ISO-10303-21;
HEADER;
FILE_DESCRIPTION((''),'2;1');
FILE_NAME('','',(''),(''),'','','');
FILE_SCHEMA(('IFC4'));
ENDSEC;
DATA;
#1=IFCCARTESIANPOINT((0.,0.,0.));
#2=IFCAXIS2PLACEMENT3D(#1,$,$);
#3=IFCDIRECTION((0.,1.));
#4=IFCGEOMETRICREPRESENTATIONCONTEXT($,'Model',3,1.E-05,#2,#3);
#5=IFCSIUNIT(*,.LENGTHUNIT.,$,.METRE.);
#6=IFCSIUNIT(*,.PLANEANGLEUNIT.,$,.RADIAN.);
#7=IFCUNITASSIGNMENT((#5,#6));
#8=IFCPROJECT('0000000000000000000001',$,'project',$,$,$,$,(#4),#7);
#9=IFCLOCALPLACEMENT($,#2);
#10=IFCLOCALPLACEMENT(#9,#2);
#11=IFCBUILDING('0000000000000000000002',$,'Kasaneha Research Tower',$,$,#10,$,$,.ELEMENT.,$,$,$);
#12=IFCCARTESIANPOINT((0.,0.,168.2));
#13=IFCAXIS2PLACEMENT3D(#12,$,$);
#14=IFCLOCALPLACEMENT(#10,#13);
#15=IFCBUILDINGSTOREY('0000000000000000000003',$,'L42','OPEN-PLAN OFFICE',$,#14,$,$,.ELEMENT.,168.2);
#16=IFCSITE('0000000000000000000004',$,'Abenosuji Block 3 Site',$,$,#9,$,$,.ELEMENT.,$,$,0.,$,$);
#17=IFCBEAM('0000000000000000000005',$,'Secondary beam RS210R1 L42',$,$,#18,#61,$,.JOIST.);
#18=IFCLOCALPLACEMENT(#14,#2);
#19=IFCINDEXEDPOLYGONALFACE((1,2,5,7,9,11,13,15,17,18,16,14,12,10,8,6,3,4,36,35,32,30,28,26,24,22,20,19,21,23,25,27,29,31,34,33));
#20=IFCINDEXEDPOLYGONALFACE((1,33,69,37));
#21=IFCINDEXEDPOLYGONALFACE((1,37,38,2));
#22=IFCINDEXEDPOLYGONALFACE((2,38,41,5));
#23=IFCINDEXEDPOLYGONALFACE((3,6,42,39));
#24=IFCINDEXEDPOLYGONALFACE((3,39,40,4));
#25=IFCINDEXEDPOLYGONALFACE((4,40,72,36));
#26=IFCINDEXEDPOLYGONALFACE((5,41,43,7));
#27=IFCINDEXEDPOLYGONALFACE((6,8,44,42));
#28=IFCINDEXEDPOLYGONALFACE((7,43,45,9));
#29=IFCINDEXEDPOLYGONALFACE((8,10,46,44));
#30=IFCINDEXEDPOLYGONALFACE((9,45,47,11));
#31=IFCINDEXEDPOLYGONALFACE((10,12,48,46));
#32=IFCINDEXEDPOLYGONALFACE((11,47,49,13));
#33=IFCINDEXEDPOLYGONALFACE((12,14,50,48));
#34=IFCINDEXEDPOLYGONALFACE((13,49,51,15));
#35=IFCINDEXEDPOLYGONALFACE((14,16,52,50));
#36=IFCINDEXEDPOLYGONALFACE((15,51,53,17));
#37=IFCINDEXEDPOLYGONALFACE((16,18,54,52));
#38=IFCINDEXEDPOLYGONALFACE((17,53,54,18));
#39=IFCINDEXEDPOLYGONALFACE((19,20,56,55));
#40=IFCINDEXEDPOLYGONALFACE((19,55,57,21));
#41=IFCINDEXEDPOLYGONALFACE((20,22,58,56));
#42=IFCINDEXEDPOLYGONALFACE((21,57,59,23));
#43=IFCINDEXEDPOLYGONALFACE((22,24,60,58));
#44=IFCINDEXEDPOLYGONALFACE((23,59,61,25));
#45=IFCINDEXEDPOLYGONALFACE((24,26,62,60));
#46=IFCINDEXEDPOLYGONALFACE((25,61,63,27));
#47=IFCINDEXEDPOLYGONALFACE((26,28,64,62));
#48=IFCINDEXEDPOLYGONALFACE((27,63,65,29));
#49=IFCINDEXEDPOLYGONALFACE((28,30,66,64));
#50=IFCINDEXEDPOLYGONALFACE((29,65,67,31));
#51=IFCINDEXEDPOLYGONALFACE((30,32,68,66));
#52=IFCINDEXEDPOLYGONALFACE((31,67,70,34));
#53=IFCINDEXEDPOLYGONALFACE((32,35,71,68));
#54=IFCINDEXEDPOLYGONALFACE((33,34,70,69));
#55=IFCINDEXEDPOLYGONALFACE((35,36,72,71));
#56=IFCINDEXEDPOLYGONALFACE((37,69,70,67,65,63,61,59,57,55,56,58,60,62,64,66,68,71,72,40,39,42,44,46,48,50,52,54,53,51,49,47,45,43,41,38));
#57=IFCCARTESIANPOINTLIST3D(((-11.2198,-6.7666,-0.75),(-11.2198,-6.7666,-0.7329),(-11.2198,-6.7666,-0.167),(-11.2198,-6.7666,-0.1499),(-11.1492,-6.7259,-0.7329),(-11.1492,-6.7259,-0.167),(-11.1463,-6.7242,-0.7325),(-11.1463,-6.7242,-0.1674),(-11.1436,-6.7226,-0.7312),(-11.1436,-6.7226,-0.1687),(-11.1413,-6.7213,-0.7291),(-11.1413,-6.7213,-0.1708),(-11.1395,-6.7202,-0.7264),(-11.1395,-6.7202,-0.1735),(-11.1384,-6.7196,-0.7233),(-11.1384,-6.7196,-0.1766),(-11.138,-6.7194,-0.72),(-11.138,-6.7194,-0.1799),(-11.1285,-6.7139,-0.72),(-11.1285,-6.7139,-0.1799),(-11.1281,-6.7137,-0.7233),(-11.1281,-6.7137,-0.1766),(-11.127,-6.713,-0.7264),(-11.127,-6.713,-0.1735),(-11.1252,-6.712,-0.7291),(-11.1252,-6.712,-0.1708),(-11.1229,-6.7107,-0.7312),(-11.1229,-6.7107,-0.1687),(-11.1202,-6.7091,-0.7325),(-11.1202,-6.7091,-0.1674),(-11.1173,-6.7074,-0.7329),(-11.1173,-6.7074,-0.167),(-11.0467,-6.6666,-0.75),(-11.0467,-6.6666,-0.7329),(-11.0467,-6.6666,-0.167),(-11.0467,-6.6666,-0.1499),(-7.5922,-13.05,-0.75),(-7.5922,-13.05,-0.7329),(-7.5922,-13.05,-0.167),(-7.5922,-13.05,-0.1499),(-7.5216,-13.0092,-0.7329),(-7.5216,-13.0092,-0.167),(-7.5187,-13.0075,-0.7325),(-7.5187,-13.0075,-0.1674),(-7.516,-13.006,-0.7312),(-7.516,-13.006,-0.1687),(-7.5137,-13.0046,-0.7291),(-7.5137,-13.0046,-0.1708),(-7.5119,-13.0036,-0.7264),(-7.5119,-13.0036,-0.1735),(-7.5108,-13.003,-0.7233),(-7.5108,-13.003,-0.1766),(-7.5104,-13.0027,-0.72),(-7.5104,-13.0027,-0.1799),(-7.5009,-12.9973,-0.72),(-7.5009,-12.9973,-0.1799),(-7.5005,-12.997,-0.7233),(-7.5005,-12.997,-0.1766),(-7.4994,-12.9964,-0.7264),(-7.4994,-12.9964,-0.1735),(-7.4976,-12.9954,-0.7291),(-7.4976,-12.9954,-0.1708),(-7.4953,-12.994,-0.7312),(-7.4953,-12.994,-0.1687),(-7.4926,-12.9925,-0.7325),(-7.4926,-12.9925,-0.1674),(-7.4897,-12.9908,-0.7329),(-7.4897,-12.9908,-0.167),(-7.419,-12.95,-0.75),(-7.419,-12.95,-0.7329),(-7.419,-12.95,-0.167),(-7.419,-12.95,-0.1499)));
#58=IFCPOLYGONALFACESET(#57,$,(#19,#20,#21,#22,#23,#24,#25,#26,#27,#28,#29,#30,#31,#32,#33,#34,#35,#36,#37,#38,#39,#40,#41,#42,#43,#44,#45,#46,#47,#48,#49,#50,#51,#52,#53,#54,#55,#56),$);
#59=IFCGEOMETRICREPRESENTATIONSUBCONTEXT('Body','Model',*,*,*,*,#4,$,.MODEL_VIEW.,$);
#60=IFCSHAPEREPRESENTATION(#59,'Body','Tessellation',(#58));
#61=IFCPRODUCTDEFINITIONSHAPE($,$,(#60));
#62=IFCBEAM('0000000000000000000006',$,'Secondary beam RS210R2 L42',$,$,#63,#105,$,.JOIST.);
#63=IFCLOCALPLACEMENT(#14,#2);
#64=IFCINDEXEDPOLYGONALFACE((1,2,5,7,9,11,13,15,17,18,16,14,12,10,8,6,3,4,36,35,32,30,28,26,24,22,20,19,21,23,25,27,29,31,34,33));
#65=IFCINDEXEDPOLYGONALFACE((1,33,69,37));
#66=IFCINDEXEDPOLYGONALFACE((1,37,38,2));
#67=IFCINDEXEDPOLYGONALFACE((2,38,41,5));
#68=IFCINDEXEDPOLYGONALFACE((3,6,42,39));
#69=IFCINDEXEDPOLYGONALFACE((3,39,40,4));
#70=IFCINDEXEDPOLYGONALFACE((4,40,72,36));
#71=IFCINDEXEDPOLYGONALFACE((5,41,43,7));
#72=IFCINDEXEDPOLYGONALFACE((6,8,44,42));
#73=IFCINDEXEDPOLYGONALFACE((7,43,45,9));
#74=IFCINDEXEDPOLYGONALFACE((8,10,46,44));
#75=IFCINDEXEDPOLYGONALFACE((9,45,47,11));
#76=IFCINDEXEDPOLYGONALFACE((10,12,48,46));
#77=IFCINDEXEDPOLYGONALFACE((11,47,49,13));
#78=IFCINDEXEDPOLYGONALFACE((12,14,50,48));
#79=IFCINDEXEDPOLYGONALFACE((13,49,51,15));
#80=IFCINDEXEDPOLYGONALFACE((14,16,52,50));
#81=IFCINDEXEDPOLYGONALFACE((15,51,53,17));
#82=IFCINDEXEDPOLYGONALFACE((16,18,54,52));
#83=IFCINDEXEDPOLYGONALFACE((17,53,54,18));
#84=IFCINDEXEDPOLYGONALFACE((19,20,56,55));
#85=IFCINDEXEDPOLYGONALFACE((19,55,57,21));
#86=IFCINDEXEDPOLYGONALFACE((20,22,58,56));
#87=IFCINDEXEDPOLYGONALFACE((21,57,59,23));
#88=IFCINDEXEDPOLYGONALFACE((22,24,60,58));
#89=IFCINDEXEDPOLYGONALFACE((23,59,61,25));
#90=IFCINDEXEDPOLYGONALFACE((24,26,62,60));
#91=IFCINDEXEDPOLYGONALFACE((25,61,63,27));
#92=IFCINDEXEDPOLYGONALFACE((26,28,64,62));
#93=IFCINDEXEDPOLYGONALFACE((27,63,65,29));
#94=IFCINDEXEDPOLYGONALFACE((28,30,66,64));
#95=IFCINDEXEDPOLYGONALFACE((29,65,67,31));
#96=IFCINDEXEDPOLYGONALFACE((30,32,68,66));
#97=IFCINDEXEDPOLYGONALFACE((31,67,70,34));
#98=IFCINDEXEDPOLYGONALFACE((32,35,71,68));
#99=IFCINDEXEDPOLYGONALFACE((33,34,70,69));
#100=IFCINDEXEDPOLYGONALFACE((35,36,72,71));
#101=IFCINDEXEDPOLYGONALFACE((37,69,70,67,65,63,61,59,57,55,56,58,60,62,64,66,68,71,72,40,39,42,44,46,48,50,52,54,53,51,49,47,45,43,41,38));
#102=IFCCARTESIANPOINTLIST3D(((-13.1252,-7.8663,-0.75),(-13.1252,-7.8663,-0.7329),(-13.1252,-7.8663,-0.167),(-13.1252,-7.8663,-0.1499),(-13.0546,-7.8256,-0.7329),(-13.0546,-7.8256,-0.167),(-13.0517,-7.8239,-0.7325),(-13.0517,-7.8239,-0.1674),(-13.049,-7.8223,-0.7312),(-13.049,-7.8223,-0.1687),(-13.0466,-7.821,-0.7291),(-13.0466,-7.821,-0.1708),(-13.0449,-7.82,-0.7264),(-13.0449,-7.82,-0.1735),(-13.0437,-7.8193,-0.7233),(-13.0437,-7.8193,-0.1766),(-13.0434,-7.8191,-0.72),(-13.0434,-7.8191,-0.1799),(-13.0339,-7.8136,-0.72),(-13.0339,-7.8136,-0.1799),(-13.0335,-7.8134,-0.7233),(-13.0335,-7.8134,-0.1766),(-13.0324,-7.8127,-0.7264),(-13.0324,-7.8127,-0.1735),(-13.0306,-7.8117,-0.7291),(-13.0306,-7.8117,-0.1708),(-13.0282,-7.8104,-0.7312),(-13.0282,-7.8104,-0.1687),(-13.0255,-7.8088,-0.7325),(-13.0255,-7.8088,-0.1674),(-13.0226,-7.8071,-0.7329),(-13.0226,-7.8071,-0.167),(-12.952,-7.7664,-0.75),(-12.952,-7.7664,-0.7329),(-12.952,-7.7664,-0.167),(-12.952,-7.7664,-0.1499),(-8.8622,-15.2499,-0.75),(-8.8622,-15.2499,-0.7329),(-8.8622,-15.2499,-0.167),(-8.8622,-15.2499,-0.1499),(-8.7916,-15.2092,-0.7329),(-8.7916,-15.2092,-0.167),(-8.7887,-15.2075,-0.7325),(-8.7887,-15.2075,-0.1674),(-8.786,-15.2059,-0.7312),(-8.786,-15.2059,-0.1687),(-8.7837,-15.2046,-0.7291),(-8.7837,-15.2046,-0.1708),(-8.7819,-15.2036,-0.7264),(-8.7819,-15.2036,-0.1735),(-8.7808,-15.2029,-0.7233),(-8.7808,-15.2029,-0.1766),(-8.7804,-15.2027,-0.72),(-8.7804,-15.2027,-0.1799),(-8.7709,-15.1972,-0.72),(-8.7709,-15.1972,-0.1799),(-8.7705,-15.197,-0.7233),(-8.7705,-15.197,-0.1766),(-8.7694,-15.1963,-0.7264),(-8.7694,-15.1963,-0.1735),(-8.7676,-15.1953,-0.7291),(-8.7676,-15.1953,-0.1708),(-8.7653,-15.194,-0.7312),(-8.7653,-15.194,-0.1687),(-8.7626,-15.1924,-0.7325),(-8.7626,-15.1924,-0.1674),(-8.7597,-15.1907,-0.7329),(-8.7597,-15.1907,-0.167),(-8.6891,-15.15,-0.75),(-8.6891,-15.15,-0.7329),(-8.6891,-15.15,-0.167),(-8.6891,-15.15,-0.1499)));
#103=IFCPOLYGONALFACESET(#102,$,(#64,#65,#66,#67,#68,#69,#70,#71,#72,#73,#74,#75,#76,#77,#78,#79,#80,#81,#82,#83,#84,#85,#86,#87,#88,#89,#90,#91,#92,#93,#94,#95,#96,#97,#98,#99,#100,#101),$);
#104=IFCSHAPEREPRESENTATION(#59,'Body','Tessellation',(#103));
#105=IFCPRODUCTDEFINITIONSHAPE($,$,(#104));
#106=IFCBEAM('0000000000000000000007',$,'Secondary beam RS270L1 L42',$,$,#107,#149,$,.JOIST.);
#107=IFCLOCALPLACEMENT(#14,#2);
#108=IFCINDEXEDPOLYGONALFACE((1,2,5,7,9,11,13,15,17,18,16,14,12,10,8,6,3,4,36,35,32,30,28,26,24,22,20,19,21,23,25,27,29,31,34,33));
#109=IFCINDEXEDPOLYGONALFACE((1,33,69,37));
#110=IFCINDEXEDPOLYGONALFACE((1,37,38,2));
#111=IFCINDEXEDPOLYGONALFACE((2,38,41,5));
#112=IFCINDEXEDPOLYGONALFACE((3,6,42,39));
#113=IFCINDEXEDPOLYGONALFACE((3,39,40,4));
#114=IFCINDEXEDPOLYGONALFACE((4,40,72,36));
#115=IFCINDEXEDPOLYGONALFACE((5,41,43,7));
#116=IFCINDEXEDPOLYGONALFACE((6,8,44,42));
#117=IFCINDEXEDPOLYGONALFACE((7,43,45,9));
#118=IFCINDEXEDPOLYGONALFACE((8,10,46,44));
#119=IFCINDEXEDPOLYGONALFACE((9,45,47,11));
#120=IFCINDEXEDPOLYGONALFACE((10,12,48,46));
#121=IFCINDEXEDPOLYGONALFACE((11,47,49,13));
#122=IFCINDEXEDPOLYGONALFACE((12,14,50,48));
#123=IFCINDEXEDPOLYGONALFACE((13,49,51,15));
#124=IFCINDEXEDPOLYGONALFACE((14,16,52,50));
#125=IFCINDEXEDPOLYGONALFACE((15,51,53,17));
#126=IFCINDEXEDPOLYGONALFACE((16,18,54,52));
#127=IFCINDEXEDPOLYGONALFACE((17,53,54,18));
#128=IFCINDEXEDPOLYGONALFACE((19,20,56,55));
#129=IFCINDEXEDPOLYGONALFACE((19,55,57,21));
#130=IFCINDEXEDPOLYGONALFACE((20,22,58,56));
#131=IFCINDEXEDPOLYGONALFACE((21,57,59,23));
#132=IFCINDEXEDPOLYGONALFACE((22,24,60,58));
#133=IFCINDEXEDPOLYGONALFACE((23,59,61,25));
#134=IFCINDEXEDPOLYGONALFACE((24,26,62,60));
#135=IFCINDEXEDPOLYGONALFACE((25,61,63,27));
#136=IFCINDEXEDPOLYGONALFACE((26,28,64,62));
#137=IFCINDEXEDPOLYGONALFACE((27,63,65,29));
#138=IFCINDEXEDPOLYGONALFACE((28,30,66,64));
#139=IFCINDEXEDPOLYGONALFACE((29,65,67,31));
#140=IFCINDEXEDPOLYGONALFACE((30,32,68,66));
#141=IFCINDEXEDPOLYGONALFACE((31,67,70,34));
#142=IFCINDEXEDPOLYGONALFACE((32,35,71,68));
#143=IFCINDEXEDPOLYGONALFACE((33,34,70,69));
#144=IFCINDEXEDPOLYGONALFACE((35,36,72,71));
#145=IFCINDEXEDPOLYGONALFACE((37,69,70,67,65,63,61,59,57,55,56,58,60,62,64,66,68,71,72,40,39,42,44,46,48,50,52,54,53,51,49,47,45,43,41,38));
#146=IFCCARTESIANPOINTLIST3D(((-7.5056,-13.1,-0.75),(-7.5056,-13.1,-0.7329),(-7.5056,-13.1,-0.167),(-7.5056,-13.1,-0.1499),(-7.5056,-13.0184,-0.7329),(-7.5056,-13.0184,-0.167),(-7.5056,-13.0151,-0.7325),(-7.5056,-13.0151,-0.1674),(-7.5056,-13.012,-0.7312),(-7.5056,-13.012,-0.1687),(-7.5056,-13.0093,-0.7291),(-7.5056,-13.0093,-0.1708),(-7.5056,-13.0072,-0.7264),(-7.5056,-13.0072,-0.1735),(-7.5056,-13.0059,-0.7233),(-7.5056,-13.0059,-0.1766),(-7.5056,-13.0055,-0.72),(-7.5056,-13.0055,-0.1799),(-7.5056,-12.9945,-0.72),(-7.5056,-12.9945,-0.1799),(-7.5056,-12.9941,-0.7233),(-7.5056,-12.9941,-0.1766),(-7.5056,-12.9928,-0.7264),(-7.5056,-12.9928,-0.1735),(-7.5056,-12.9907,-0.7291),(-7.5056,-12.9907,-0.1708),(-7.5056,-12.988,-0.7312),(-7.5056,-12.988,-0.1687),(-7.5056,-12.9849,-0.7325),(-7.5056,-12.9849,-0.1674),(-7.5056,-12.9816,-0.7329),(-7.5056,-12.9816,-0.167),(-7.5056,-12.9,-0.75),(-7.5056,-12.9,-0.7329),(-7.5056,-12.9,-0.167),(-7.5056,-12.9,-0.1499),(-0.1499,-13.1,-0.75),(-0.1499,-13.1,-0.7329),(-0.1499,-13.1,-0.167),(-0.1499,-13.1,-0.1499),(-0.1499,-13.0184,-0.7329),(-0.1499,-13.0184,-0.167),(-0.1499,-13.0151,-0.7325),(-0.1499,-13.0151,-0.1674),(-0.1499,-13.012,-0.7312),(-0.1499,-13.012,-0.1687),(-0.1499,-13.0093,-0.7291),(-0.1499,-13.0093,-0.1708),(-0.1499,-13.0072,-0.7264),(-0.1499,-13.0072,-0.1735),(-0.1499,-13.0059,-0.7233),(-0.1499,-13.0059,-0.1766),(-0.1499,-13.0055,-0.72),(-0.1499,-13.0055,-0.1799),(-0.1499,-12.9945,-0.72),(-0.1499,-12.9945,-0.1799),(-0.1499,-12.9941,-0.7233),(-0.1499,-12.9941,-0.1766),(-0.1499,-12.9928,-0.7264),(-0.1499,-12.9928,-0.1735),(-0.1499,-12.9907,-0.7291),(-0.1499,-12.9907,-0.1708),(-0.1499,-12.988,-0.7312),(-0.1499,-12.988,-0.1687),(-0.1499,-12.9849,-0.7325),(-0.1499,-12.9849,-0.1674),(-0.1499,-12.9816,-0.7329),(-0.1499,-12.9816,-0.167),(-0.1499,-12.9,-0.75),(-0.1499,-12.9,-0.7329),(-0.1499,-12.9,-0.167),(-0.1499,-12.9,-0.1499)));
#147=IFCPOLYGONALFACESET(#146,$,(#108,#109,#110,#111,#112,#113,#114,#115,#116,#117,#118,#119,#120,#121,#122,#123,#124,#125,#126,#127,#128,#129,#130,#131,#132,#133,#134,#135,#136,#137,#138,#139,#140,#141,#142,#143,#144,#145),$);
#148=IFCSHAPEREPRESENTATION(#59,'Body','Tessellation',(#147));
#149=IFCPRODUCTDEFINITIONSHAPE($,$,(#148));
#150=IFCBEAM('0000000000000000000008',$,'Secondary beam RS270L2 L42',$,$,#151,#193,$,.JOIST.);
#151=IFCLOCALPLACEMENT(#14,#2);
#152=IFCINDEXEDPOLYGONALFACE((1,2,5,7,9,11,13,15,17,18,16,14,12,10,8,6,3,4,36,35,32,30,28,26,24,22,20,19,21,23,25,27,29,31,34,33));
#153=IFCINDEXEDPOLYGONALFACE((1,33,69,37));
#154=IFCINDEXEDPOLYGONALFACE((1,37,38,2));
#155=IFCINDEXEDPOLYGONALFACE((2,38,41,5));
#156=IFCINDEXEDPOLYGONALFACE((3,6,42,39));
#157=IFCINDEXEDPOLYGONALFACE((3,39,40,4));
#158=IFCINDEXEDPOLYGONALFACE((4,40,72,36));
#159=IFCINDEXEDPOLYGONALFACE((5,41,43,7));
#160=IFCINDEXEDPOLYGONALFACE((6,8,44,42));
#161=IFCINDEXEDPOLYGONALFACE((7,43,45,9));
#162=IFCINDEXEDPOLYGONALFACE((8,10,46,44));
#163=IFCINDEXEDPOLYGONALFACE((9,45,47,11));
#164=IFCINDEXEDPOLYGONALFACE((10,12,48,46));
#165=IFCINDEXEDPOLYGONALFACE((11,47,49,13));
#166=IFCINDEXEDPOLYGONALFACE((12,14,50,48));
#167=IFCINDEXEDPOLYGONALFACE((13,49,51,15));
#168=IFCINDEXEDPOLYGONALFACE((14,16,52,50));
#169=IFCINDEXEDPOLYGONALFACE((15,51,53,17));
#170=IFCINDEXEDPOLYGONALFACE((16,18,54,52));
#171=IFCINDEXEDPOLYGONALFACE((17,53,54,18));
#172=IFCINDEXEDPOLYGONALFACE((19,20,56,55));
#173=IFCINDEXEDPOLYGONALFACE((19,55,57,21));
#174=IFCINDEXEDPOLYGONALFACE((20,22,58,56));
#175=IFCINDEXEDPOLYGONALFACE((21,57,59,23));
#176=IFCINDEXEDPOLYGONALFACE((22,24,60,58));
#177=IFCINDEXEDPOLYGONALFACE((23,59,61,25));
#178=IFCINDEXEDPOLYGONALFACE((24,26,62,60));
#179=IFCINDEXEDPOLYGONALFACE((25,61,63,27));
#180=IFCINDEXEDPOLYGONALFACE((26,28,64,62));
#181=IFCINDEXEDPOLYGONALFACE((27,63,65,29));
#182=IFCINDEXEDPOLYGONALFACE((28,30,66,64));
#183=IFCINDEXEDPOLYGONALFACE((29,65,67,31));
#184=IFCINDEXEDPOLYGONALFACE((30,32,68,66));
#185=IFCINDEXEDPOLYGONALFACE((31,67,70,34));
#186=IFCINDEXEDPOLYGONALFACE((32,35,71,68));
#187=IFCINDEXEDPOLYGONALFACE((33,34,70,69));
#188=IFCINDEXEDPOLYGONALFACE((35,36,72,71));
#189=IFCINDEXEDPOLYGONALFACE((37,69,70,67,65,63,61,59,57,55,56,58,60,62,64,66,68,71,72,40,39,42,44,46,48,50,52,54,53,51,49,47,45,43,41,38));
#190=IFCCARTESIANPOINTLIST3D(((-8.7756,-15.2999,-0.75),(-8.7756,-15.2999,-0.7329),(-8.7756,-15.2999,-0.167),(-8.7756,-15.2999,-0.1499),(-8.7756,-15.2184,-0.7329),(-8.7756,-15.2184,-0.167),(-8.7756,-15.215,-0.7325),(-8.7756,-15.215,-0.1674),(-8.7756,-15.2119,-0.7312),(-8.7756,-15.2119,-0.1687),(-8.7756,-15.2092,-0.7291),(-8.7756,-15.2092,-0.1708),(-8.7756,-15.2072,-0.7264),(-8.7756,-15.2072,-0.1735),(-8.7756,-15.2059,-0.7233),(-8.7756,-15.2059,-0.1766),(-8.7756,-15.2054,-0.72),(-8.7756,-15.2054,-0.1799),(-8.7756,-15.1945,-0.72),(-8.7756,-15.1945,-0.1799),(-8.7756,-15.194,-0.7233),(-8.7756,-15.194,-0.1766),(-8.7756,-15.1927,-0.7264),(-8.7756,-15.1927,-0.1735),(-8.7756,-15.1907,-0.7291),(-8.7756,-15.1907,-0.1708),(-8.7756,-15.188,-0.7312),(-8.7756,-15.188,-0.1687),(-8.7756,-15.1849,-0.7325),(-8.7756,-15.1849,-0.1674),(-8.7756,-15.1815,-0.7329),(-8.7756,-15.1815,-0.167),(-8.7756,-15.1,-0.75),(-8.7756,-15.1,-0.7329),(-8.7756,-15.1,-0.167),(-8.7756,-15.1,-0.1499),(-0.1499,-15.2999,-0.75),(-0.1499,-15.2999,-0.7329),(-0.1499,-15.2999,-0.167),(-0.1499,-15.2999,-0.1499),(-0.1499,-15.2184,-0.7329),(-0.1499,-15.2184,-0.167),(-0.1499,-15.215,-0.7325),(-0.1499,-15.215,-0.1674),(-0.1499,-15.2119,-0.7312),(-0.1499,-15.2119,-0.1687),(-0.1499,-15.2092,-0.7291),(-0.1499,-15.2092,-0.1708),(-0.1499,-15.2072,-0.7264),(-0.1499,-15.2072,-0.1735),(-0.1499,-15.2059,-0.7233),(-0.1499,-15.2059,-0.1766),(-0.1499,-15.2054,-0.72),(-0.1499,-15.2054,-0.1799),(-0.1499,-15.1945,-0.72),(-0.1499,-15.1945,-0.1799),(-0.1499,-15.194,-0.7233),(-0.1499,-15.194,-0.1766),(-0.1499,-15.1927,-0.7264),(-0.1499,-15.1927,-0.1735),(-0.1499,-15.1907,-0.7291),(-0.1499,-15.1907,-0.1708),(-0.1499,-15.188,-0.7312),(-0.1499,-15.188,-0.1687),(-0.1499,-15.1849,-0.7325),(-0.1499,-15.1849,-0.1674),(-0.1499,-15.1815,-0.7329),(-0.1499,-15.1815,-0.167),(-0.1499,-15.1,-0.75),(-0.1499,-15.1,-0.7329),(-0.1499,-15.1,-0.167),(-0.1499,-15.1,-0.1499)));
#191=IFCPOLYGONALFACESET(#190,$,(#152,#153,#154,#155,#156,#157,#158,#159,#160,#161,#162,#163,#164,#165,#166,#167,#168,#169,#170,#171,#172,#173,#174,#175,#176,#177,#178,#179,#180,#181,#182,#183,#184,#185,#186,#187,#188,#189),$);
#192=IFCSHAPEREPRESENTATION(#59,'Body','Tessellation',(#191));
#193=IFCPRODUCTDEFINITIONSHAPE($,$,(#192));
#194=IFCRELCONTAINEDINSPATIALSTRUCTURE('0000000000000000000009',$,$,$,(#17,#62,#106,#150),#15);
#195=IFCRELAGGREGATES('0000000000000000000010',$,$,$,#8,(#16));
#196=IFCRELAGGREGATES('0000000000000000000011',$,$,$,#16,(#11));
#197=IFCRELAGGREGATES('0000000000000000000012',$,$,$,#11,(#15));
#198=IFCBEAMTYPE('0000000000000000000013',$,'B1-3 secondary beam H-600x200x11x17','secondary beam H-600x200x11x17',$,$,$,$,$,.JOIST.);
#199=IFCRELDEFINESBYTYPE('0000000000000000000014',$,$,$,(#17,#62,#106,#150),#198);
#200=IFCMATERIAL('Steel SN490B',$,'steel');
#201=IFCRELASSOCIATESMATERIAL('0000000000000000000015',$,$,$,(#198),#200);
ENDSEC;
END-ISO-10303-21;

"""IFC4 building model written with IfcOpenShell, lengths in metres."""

from ifc_helpers import new_model, si_unit, direction, frame, origin, origin_2d, place, context, subcontext, project, spatial, i_section, extrude, material, material_profile, profile_set, type_object, element, save


model = new_model("IFC4")

# Units and contexts
model_context = context("Model", 3, precision=1e-05, world=origin(), true_north=direction((0.0, 1.0)))
body_context = subcontext(model_context, "Body", "Model", "MODEL_VIEW")
ifc_project = project(units=[si_unit("LENGTHUNIT", "METRE"), si_unit("PLANEANGLEUNIT", "RADIAN")], contexts=[model_context])

# Site, building, storey
site_placement = place(None, origin())
site = spatial("IfcSite", under=ifc_project, at=site_placement, Name="Abenosuji Block 3 Site", CompositionType="ELEMENT", RefElevation=0.0)
building_placement = place(site_placement, origin())
building = spatial("IfcBuilding", under=site, at=building_placement, Name="Kasaneha Research Tower", CompositionType="ELEMENT")
storey_placement = place(building_placement, frame((0.0, 0.0, 168.2)))
storey = spatial("IfcBuildingStorey", under=building, at=storey_placement, Name="L42", Description="OPEN-PLAN OFFICE", CompositionType="ELEMENT", Elevation=168.2)

# Beams
ifc_material_1 = material(Name="Steel SN490B", Category="steel")
ifc_material_profile = material_profile(ifc_material_1, i_section(OverallWidth=0.2, OverallDepth=0.6001, WebThickness=0.011, FlangeThickness=0.0171, FilletRadius=0.0129, at=origin_2d()), Name="H-600x200x11x17")
ifc_profile_set = profile_set([ifc_material_profile], Name="Steel SN490B")
beam_type = type_object("IfcBeamType", Name="B1-3 secondary beam H-600x200x11x17", Description="secondary beam H-600x200x11x17", PredefinedType="JOIST", material=ifc_profile_set)
beam_1_placement = place(storey_placement, frame((-7.5056, -13.0, -0.45), z_axis=(-0.499993, 0.866029, 0.0), x_axis=(-0.866029, -0.499993, 0.0)))
element("IfcBeam", 1, at=beam_1_placement, inside=storey, type_object=beam_type, Name="Secondary beam RS210R1 L42", PredefinedType="JOIST", context=body_context, shape_type="SweptSolid", body=[
    extrude(i_section(OverallWidth=0.2, OverallDepth=0.6001, WebThickness=0.011, FlangeThickness=0.0171, FilletRadius=0.0129, at=origin_2d()), origin(), (0.0, 0.0, 1.0), 7.2554),
])
beam_2_placement = place(storey_placement, frame((-8.7756, -15.2, -0.45), z_axis=(-0.500004, 0.866023, 0.0), x_axis=(-0.866023, -0.500004, 0.0)))
element("IfcBeam", 2, at=beam_2_placement, inside=storey, type_object=beam_type, Name="Secondary beam RS210R2 L42", PredefinedType="JOIST", context=body_context, shape_type="SweptSolid", body=[
    extrude(i_section(OverallWidth=0.2, OverallDepth=0.6001, WebThickness=0.011, FlangeThickness=0.0171, FilletRadius=0.0129, at=origin_2d()), origin(), (0.0, 0.0, 1.0), 8.5259),
])
beam_3_placement = place(storey_placement, frame((-7.5056, -13.0, -0.45), z_axis=(1.0, 0.0, 0.0), x_axis=(0.0, 1.0, 0.0)))
element("IfcBeam", 3, at=beam_3_placement, inside=storey, type_object=beam_type, Name="Secondary beam RS270L1 L42", PredefinedType="JOIST", context=body_context, shape_type="SweptSolid", body=[
    extrude(i_section(OverallWidth=0.2, OverallDepth=0.6001, WebThickness=0.011, FlangeThickness=0.0171, FilletRadius=0.0129, at=origin_2d()), origin(), (0.0, 0.0, 1.0), 7.3557),
])
beam_4_placement = place(storey_placement, frame((-8.7756, -15.2, -0.45), z_axis=(1.0, 0.0, 0.0), x_axis=(0.0, 1.0, 0.0)))
element("IfcBeam", 4, at=beam_4_placement, inside=storey, type_object=beam_type, Name="Secondary beam RS270L2 L42", PredefinedType="JOIST", context=body_context, shape_type="SweptSolid", body=[
    extrude(i_section(OverallWidth=0.2, OverallDepth=0.6001, WebThickness=0.011, FlangeThickness=0.0171, FilletRadius=0.0129, at=origin_2d()), origin(), (0.0, 0.0, 1.0), 8.6257),
])

save(model, "model.ifc")
